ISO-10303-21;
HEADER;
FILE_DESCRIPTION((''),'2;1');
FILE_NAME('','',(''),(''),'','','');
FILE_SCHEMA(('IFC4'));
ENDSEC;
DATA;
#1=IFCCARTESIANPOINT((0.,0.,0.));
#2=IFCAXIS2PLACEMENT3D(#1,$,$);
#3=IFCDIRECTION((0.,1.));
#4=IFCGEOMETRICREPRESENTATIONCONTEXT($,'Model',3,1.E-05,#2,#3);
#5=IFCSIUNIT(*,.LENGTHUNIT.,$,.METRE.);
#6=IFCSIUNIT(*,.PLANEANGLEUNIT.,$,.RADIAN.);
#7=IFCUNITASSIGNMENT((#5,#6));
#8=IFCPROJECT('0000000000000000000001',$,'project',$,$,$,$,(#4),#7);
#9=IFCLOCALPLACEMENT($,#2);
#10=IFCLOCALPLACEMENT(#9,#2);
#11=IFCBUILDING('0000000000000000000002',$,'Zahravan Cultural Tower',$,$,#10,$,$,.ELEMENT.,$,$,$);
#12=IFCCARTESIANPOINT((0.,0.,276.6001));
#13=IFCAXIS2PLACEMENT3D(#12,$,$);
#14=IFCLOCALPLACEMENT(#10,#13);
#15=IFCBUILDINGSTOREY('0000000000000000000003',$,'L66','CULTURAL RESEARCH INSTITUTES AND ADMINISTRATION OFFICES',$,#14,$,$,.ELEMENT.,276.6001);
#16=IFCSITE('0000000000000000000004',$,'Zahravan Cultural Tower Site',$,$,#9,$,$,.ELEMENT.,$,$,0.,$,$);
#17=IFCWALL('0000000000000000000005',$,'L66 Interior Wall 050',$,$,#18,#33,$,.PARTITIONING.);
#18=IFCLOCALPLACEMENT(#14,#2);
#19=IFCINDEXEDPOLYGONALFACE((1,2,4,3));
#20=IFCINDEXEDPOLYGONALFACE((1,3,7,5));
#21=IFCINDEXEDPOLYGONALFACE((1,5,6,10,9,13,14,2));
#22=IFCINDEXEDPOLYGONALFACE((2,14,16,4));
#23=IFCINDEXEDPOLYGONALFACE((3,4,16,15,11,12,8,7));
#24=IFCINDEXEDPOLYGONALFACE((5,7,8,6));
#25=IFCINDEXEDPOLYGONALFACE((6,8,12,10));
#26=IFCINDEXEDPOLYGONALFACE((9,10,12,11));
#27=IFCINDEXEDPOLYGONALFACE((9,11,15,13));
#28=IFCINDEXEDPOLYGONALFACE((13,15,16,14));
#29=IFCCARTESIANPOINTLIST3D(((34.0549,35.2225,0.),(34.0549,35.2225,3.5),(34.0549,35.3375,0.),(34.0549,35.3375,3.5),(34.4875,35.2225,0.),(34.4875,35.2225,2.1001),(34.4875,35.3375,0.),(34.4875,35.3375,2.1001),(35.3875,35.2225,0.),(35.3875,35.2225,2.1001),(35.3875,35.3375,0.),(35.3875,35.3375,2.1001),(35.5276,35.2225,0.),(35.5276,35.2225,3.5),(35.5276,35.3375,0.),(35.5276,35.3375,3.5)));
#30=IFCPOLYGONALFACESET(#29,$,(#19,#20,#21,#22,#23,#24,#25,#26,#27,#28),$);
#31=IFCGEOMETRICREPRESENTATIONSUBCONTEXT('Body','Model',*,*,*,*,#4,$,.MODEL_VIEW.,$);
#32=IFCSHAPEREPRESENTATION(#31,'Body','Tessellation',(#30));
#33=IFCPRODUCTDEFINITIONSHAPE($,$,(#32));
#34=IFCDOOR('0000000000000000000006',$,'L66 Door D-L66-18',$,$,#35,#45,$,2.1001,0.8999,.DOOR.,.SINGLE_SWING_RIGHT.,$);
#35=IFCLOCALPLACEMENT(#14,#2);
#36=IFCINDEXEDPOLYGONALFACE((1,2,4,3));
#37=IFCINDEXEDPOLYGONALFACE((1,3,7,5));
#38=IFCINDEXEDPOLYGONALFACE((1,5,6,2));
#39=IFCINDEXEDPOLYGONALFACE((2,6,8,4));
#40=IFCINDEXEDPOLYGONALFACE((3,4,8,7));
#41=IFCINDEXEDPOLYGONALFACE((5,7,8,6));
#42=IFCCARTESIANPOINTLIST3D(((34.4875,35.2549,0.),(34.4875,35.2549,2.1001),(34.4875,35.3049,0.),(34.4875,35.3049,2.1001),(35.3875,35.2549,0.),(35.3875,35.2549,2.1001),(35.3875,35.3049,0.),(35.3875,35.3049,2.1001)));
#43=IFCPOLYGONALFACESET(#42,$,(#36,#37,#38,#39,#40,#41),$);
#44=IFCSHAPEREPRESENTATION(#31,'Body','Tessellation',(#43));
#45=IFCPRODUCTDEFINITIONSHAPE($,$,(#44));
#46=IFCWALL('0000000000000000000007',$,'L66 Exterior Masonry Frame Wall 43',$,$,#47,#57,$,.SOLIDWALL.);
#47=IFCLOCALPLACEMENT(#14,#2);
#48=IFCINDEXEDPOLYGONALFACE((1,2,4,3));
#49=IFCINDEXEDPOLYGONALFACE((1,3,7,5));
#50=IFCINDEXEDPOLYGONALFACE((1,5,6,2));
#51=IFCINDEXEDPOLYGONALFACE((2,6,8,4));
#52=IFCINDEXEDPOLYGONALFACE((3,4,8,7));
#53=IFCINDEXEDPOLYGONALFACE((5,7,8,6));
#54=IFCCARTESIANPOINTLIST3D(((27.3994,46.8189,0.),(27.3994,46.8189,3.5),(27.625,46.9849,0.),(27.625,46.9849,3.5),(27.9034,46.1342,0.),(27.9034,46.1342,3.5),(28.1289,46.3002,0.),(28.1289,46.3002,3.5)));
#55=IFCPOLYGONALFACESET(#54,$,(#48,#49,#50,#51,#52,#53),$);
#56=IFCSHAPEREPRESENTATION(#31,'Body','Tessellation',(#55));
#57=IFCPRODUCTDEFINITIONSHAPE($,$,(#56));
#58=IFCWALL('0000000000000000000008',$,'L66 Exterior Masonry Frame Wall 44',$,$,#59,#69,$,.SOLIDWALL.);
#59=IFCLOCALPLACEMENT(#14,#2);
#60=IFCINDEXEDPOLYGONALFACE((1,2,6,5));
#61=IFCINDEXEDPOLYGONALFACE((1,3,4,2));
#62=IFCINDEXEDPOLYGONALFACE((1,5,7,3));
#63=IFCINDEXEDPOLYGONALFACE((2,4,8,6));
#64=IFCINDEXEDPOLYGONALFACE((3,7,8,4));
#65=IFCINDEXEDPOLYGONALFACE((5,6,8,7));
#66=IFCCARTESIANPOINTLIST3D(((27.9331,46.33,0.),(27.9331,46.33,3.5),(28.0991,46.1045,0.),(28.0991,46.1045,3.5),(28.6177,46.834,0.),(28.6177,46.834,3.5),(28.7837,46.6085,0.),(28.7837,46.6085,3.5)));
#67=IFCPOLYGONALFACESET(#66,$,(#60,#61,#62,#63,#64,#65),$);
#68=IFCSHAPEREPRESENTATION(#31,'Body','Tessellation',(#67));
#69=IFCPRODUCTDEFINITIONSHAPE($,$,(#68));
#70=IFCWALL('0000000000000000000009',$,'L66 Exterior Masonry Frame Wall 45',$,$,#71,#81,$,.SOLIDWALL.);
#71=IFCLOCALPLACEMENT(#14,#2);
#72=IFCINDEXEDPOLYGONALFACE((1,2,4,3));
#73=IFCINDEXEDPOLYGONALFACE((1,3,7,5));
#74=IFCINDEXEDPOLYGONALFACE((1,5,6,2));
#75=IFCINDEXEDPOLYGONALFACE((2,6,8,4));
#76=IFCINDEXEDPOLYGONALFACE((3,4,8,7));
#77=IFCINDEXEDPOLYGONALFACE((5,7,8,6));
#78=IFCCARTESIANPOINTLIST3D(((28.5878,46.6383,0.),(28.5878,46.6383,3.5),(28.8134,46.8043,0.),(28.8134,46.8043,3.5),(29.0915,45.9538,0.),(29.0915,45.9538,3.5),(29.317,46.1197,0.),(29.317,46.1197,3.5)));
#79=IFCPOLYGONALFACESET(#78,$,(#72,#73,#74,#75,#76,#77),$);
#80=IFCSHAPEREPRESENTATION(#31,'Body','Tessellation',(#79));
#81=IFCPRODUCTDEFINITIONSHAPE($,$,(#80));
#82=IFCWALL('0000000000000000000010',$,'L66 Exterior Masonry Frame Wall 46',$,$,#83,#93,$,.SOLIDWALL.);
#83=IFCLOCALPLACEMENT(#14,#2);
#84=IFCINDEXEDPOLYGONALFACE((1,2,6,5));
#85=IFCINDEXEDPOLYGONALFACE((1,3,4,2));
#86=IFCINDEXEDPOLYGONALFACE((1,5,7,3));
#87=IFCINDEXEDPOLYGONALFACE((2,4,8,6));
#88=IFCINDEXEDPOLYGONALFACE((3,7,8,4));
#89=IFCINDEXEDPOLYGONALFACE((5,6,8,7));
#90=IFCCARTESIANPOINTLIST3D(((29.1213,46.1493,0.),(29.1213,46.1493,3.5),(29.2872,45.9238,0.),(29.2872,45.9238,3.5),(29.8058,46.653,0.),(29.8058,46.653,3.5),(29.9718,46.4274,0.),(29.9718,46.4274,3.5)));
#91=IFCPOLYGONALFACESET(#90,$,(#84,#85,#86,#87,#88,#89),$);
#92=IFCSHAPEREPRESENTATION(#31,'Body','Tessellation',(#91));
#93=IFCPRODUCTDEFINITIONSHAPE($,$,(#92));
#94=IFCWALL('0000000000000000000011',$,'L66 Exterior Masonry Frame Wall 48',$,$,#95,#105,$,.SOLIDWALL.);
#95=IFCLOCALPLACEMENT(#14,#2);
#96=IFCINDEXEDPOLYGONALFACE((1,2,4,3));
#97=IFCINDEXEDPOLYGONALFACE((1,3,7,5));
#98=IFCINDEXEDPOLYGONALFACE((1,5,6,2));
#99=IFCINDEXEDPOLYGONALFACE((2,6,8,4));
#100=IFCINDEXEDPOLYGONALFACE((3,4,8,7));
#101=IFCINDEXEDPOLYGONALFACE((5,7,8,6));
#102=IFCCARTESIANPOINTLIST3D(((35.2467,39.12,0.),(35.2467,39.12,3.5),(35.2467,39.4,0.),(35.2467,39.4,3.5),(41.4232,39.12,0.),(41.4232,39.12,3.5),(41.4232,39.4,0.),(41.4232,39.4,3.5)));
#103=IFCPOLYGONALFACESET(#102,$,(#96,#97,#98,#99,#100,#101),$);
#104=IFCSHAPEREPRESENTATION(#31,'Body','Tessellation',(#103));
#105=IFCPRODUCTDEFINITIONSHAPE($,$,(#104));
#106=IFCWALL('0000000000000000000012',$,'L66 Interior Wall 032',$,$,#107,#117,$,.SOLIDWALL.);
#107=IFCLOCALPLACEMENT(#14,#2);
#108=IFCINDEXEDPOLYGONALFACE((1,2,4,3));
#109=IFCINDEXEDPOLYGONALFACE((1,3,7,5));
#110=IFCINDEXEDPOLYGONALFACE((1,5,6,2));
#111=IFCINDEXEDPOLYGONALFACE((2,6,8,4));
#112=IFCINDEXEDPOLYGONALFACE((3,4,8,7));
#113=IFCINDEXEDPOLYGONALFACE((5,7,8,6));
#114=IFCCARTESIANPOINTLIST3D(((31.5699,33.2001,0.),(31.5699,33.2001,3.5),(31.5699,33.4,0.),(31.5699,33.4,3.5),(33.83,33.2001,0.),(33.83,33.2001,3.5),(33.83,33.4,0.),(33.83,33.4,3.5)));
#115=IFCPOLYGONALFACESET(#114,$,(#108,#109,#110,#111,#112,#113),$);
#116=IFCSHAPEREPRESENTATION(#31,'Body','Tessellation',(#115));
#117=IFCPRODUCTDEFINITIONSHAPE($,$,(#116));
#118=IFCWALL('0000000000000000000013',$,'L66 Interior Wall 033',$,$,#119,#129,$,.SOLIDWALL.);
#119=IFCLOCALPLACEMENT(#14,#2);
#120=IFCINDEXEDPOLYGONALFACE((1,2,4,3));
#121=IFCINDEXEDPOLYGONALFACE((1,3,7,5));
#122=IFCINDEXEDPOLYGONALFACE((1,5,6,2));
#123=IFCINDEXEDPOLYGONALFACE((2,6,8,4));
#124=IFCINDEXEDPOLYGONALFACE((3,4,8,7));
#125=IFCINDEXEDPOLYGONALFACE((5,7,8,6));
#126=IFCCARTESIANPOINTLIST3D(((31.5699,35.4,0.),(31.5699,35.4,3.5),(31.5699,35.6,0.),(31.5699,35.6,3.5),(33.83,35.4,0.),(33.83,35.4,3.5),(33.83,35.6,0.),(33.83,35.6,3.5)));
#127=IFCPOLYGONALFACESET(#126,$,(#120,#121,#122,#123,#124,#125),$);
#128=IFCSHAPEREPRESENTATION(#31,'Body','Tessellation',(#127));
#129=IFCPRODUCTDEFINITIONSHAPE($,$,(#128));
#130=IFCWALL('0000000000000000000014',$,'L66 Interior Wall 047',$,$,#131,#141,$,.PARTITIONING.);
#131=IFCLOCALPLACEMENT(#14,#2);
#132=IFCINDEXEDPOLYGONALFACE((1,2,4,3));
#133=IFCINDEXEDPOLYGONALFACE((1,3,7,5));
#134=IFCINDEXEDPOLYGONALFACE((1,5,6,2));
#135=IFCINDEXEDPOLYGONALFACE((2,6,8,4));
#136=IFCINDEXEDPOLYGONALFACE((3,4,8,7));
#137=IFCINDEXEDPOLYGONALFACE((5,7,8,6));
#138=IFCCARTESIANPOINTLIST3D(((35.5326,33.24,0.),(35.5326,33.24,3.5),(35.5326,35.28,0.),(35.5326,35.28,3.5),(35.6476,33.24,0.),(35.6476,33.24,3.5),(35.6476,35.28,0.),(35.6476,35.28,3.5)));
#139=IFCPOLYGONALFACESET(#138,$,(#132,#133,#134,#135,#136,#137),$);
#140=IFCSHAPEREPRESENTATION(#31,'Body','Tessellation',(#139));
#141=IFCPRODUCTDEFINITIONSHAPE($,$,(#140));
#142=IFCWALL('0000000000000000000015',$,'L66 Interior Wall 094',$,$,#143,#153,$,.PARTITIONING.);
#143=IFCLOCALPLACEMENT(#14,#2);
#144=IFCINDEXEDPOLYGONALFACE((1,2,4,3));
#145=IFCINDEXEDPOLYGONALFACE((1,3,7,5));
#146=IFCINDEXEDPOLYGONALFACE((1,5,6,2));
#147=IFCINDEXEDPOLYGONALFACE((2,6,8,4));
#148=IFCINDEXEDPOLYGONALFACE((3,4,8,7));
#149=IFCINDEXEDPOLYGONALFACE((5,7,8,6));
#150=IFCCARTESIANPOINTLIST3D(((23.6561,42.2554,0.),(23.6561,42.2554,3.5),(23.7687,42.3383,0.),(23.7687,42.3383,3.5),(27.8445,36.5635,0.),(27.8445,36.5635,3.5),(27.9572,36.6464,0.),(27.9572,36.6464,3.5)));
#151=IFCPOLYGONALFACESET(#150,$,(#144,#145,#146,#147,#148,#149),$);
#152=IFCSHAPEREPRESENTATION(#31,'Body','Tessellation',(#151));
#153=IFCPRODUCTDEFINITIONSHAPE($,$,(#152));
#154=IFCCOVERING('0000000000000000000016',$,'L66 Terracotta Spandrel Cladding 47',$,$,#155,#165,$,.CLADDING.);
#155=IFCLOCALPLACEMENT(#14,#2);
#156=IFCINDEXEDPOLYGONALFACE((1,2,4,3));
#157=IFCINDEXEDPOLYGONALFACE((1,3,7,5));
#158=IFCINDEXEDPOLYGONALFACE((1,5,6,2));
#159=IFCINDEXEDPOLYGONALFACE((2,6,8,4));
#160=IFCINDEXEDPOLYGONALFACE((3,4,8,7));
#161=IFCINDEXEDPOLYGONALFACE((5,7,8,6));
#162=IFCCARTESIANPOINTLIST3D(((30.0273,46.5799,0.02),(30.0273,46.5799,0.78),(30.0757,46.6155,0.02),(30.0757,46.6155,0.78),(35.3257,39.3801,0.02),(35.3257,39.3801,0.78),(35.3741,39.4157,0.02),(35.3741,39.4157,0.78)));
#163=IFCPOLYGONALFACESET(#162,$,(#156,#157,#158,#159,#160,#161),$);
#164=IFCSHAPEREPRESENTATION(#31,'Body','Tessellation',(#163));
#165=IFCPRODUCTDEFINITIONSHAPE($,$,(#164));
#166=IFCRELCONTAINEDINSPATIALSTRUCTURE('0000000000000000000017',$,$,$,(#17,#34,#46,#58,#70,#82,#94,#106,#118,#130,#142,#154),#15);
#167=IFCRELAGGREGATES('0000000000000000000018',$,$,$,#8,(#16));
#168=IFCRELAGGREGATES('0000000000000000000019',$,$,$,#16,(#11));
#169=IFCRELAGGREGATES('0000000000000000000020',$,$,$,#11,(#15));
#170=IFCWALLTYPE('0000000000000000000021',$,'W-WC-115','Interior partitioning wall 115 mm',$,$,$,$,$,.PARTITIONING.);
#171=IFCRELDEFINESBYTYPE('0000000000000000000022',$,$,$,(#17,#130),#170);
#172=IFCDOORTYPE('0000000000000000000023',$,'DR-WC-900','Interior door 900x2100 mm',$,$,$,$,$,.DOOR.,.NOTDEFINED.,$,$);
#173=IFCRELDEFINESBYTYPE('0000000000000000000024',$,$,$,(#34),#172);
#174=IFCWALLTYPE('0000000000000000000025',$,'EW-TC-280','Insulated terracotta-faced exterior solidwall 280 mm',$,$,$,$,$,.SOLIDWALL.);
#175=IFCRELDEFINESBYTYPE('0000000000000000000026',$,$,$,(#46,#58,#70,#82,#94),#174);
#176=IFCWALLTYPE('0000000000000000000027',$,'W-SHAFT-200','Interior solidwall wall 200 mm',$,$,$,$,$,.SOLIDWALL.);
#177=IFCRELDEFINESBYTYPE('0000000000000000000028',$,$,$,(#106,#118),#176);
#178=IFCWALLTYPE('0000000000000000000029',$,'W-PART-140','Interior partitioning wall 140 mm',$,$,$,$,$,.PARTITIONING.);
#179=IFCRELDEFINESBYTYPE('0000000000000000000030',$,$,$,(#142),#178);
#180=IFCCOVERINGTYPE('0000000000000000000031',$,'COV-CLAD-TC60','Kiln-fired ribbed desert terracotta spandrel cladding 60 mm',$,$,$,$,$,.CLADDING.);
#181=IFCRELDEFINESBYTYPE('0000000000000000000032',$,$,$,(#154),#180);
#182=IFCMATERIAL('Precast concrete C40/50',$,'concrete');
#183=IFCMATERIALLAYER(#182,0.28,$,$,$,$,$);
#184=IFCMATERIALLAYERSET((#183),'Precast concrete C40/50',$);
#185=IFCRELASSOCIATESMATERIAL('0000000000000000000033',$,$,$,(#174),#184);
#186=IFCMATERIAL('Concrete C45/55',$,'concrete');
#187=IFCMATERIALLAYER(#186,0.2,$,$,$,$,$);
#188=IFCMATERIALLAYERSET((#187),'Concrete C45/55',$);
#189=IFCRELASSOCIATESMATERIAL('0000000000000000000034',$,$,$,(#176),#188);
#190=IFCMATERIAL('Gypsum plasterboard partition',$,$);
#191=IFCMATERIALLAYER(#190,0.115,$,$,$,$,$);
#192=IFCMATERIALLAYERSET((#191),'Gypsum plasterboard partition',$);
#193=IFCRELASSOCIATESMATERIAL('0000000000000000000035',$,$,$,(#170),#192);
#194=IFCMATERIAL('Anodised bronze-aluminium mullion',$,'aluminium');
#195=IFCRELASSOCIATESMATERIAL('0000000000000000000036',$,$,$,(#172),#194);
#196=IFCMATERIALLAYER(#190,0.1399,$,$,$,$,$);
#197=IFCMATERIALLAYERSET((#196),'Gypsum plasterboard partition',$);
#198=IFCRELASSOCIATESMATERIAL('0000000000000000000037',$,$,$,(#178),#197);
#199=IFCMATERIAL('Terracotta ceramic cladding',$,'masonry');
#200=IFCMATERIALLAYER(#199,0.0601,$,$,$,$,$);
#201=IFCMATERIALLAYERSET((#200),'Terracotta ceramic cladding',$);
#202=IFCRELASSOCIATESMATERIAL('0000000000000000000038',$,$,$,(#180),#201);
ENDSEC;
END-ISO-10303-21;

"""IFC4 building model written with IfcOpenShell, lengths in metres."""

from ifc_helpers import new_model, si_unit, direction, frame, frame_2d, origin, origin_2d, place, context, subcontext, project, spatial, rectangle, extrude, source, transform, mapped, material, layer, layer_set, type_object, element, fill, save


model = new_model("IFC4")

# Units and contexts
model_context = context("Model", 3, precision=1e-05, world=origin(), true_north=direction((0.0, 1.0)))
body_context = subcontext(model_context, "Body", "Model", "MODEL_VIEW")
ifc_project = project(units=[si_unit("LENGTHUNIT", "METRE"), si_unit("PLANEANGLEUNIT", "RADIAN")], contexts=[model_context])

# Site, building, storey
site_placement = place(None, origin())
site = spatial("IfcSite", under=ifc_project, at=site_placement, Name="Zahravan Cultural Tower Site", CompositionType="ELEMENT", RefElevation=0.0)
building_placement = place(site_placement, origin())
building = spatial("IfcBuilding", under=site, at=building_placement, Name="Zahravan Cultural Tower", CompositionType="ELEMENT")
storey_placement = place(building_placement, frame((0.0, 0.0, 276.6001)))
storey = spatial("IfcBuildingStorey", under=building, at=storey_placement, Name="L66", Description="CULTURAL RESEARCH INSTITUTES AND ADMINISTRATION OFFICES", CompositionType="ELEMENT", Elevation=276.6001)

# Shared definitions
ifc_material_1 = material(Name="Concrete C45/55", Category="concrete")

# Shared definitions
ifc_material_2 = material(Name="Precast concrete C40/50", Category="concrete")
ifc_layer_1 = layer(ifc_material_2, 0.28)
ifc_layer_set_1 = layer_set([ifc_layer_1], Name="Precast concrete C40/50")
wall_type_1 = type_object("IfcWallType", Name="EW-TC-280", Description="Insulated terracotta-faced exterior solidwall 280 mm", PredefinedType="SOLIDWALL", material=ifc_layer_set_1)

# Wall, opening, door
ifc_layer_2 = layer(ifc_material_1, 0.2)
ifc_layer_set_2 = layer_set([ifc_layer_2], Name="Concrete C45/55")
wall_type_2 = type_object("IfcWallType", Name="W-SHAFT-200", Description="Interior solidwall wall 200 mm", PredefinedType="SOLIDWALL", material=ifc_layer_set_2)
ifc_material_3 = material(Name="Gypsum plasterboard partition")
ifc_layer_3 = layer(ifc_material_3, 0.115)
ifc_layer_set_3 = layer_set([ifc_layer_3], Name="Gypsum plasterboard partition")
wall_type_3 = type_object("IfcWallType", Name="W-WC-115", Description="Interior partitioning wall 115 mm", PredefinedType="PARTITIONING", material=ifc_layer_set_3)
ifc_material_4 = material(Name="Anodised bronze-aluminium mullion", Category="aluminium")
door_type_1 = type_object("IfcDoorType", Name="DR-WC-900", Description="Interior door 900x2100 mm", OperationType="NOTDEFINED", PredefinedType="DOOR", material=ifc_material_4)
shared_shape_1 = source(origin(), body_context, "Body", "SweptSolid", [
    extrude(rectangle(XDim=0.8999, YDim=2.1001, at=frame_2d((0.45, 1.05))), frame((0.0, 0.0249, 0.0), z_axis=(0.0, -1.0, 0.0), x_axis=(1.0, 0.0, 0.0)), (0.0, 0.0, 1.0), 0.05),
])
wall_1_placement = place(storey_placement, frame((34.0549, 35.28, 0.0), z_axis=(0.0, 0.0, 1.0), x_axis=(1.0, 0.0, 0.0)))
wall_1 = element("IfcWall", 1, at=wall_1_placement, inside=storey, type_object=wall_type_3, Name="L66 Interior Wall 050", PredefinedType="PARTITIONING", context=body_context, shape_type="SweptSolid", body=[
    extrude(rectangle(XDim=1.4727, YDim=0.115, at=frame_2d((0.7363, 0.0))), origin(), (0.0, 0.0, 1.0), 3.5),
])
opening_1_placement = place(wall_1_placement, frame((0.4326, 0.0, 0.0)))
opening_1 = element("IfcOpeningElement", 2, at=opening_1_placement, cuts=wall_1, PredefinedType="OPENING", context=body_context, shape_type="SweptSolid", body=[
    extrude(rectangle(XDim=0.8999, YDim=2.1001, at=frame_2d((0.45, 1.05))), frame((0.0, 0.0674, 0.0), z_axis=(0.0, -1.0, 0.0), x_axis=(1.0, 0.0, 0.0)), (0.0, 0.0, 1.0), 0.135),
])
door_1_placement = place(opening_1_placement, origin())
door_1 = element("IfcDoor", 3, at=door_1_placement, inside=storey, type_object=door_type_1, Name="L66 Door D-L66-18", OperationType="SINGLE_SWING_RIGHT", OverallHeight=2.1001, OverallWidth=0.8999, PredefinedType="DOOR", context=body_context, shape_type="MappedRepresentation", body=[
    mapped(shared_shape_1, transform((0.0, 0.0, 0.0), x_axis=(1.0, 0.0, 0.0), y_axis=(0.0, 1.0, 0.0), z_axis=(0.0, 0.0, 1.0), scale=1.0)),
])
fill(opening_1, door_1)

# Walls
shared_shape_2 = source(origin(), body_context, "Body", "SweptSolid", [
    extrude(rectangle(XDim=0.8501, YDim=0.28, at=frame_2d((0.425, 0.0))), origin(), (0.0, 0.0, 1.0), 3.5),
])
for number, where, z_axis, x_axis, name in (
    (4, (27.5122, 46.9019, 0.0), (0.0, 0.0, 1.0), (0.592807, -0.805345, 0.0), "L66 Exterior Masonry Frame Wall 43"),
    (5, (28.0161, 46.2173, 0.0), (0.0, 0.0, 1.0), (0.805345, 0.592807, 0.0), "L66 Exterior Masonry Frame Wall 44"),
):
    element("IfcWall", number, at=place(storey_placement, frame(where, z_axis=z_axis, x_axis=x_axis)), inside=storey, type_object=wall_type_1, Name=name, PredefinedType="SOLIDWALL", context=body_context, shape_type="MappedRepresentation", body=[
        mapped(shared_shape_2, transform((0.0, 0.0, 0.0), x_axis=(1.0, 0.0, 0.0), y_axis=(0.0, 1.0, 0.0), z_axis=(0.0, 0.0, 1.0), scale=1.0)),
    ])
shared_shape_3 = source(origin(), body_context, "Body", "SweptSolid", [
    extrude(rectangle(XDim=0.8499, YDim=0.28, at=frame_2d((0.4248, 0.0))), origin(), (0.0, 0.0, 1.0), 3.5),
])
for number, where, z_axis, x_axis, name in (
    (6, (28.7007, 46.7212, 0.0), (0.0, 0.0, 1.0), (0.592621, -0.805482, 0.0), "L66 Exterior Masonry Frame Wall 45"),
    (7, (29.2043, 46.0366, 0.0), (0.0, 0.0, 1.0), (0.805482, 0.592621, 0.0), "L66 Exterior Masonry Frame Wall 46"),
):
    element("IfcWall", number, at=place(storey_placement, frame(where, z_axis=z_axis, x_axis=x_axis)), inside=storey, type_object=wall_type_1, Name=name, PredefinedType="SOLIDWALL", context=body_context, shape_type="MappedRepresentation", body=[
        mapped(shared_shape_3, transform((0.0, 0.0, 0.0), x_axis=(1.0, 0.0, 0.0), y_axis=(0.0, 1.0, 0.0), z_axis=(0.0, 0.0, 1.0), scale=1.0)),
    ])
shared_shape_4 = source(origin(), body_context, "Body", "SweptSolid", [
    extrude(rectangle(XDim=6.1765, YDim=0.28, at=frame_2d((3.0884, 0.0))), origin(), (0.0, 0.0, 1.0), 3.5),
])
wall_2_placement = place(storey_placement, frame((35.2466, 39.26, 0.0), z_axis=(0.0, 0.0, 1.0), x_axis=(1.0, 0.0, 0.0)))
element("IfcWall", 8, at=wall_2_placement, inside=storey, type_object=wall_type_1, Name="L66 Exterior Masonry Frame Wall 48", PredefinedType="SOLIDWALL", context=body_context, shape_type="MappedRepresentation", body=[
    mapped(shared_shape_4, transform((0.0, 0.0, 0.0), x_axis=(1.0, 0.0, 0.0), y_axis=(0.0, 1.0, 0.0), z_axis=(0.0, 0.0, 1.0), scale=1.0)),
])
shared_shape_5 = source(origin(), body_context, "Body", "SweptSolid", [
    extrude(rectangle(XDim=2.26, YDim=0.2, at=frame_2d((1.1299, 0.0))), origin(), (0.0, 0.0, 1.0), 3.5),
])
for number, where, z_axis, x_axis, name in (
    (9, (31.5701, 33.3, 0.0), (0.0, 0.0, 1.0), (1.0, 0.0, 0.0), "L66 Interior Wall 032"),
    (10, (31.5701, 35.5, 0.0), (0.0, 0.0, 1.0), (1.0, 0.0, 0.0), "L66 Interior Wall 033"),
):
    element("IfcWall", number, at=place(storey_placement, frame(where, z_axis=z_axis, x_axis=x_axis)), inside=storey, type_object=wall_type_2, Name=name, PredefinedType="SOLIDWALL", context=body_context, shape_type="MappedRepresentation", body=[
        mapped(shared_shape_5, transform((0.0, 0.0, 0.0), x_axis=(1.0, 0.0, 0.0), y_axis=(0.0, 1.0, 0.0), z_axis=(0.0, 0.0, 1.0), scale=1.0)),
    ])
shared_shape_6 = source(origin(), body_context, "Body", "SweptSolid", [
    extrude(rectangle(XDim=2.04, YDim=0.115, at=frame_2d((1.02, 0.0))), origin(), (0.0, 0.0, 1.0), 3.5),
])
wall_3_placement = place(storey_placement, frame((35.5901, 33.24, 0.0), z_axis=(0.0, 0.0, 1.0), x_axis=(0.0, 1.0, 0.0)))
element("IfcWall", 11, at=wall_3_placement, inside=storey, type_object=wall_type_3, Name="L66 Interior Wall 047", PredefinedType="PARTITIONING", context=body_context, shape_type="MappedRepresentation", body=[
    mapped(shared_shape_6, transform((0.0, 0.0, 0.0), x_axis=(1.0, 0.0, 0.0), y_axis=(0.0, 1.0, 0.0), z_axis=(0.0, 0.0, 1.0), scale=1.0)),
])
ifc_layer_4 = layer(ifc_material_3, 0.1399)
ifc_layer_set_4 = layer_set([ifc_layer_4], Name="Gypsum plasterboard partition")
wall_type_4 = type_object("IfcWallType", Name="W-PART-140", Description="Interior partitioning wall 140 mm", PredefinedType="PARTITIONING", material=ifc_layer_set_4)
shared_shape_7 = source(origin(), body_context, "Body", "SweptSolid", [
    extrude(rectangle(XDim=7.0669, YDim=0.1399, at=frame_2d((3.5334, 0.0))), origin(), (0.0, 0.0, 1.0), 3.5),
])
wall_4_placement = place(storey_placement, frame((23.7124, 42.2969, 0.0), z_axis=(0.0, 0.0, 1.0), x_axis=(0.59269, -0.805431, 0.0)))
element("IfcWall", 12, at=wall_4_placement, inside=storey, type_object=wall_type_4, Name="L66 Interior Wall 094", PredefinedType="PARTITIONING", context=body_context, shape_type="MappedRepresentation", body=[
    mapped(shared_shape_7, transform((0.0, 0.0, 0.0), x_axis=(1.0, 0.0, 0.0), y_axis=(0.0, 1.0, 0.0), z_axis=(0.0, 0.0, 1.0), scale=1.0)),
])

# Covering
ifc_material_5 = material(Name="Terracotta ceramic cladding", Category="masonry")
ifc_layer_5 = layer(ifc_material_5, 0.0601)
ifc_layer_set_5 = layer_set([ifc_layer_5], Name="Terracotta ceramic cladding")
covering_type = type_object("IfcCoveringType", Name="COV-CLAD-TC60", Description="Kiln-fired ribbed desert terracotta spandrel cladding 60 mm", PredefinedType="CLADDING", material=ifc_layer_set_5)
shared_shape_8 = source(origin(), body_context, "Body", "SweptSolid", [
    extrude(rectangle(XDim=8.9392, YDim=0.0601, at=origin_2d()), origin(), (0.0, 0.0, 1.0), 0.76),
])
covering_placement = place(storey_placement, frame((32.7007, 42.9978, 0.02), z_axis=(0.0, 0.0, 1.0), x_axis=(0.592716, -0.805411, 0.0)))
element("IfcCovering", 13, at=covering_placement, inside=storey, type_object=covering_type, Name="L66 Terracotta Spandrel Cladding 47", PredefinedType="CLADDING", context=body_context, shape_type="MappedRepresentation", body=[
    mapped(shared_shape_8, transform((0.0, 0.0, 0.0), x_axis=(1.0, 0.0, 0.0), y_axis=(0.0, 1.0, 0.0), z_axis=(0.0, 0.0, 1.0), scale=1.0)),
])

save(model, "model.ifc")
